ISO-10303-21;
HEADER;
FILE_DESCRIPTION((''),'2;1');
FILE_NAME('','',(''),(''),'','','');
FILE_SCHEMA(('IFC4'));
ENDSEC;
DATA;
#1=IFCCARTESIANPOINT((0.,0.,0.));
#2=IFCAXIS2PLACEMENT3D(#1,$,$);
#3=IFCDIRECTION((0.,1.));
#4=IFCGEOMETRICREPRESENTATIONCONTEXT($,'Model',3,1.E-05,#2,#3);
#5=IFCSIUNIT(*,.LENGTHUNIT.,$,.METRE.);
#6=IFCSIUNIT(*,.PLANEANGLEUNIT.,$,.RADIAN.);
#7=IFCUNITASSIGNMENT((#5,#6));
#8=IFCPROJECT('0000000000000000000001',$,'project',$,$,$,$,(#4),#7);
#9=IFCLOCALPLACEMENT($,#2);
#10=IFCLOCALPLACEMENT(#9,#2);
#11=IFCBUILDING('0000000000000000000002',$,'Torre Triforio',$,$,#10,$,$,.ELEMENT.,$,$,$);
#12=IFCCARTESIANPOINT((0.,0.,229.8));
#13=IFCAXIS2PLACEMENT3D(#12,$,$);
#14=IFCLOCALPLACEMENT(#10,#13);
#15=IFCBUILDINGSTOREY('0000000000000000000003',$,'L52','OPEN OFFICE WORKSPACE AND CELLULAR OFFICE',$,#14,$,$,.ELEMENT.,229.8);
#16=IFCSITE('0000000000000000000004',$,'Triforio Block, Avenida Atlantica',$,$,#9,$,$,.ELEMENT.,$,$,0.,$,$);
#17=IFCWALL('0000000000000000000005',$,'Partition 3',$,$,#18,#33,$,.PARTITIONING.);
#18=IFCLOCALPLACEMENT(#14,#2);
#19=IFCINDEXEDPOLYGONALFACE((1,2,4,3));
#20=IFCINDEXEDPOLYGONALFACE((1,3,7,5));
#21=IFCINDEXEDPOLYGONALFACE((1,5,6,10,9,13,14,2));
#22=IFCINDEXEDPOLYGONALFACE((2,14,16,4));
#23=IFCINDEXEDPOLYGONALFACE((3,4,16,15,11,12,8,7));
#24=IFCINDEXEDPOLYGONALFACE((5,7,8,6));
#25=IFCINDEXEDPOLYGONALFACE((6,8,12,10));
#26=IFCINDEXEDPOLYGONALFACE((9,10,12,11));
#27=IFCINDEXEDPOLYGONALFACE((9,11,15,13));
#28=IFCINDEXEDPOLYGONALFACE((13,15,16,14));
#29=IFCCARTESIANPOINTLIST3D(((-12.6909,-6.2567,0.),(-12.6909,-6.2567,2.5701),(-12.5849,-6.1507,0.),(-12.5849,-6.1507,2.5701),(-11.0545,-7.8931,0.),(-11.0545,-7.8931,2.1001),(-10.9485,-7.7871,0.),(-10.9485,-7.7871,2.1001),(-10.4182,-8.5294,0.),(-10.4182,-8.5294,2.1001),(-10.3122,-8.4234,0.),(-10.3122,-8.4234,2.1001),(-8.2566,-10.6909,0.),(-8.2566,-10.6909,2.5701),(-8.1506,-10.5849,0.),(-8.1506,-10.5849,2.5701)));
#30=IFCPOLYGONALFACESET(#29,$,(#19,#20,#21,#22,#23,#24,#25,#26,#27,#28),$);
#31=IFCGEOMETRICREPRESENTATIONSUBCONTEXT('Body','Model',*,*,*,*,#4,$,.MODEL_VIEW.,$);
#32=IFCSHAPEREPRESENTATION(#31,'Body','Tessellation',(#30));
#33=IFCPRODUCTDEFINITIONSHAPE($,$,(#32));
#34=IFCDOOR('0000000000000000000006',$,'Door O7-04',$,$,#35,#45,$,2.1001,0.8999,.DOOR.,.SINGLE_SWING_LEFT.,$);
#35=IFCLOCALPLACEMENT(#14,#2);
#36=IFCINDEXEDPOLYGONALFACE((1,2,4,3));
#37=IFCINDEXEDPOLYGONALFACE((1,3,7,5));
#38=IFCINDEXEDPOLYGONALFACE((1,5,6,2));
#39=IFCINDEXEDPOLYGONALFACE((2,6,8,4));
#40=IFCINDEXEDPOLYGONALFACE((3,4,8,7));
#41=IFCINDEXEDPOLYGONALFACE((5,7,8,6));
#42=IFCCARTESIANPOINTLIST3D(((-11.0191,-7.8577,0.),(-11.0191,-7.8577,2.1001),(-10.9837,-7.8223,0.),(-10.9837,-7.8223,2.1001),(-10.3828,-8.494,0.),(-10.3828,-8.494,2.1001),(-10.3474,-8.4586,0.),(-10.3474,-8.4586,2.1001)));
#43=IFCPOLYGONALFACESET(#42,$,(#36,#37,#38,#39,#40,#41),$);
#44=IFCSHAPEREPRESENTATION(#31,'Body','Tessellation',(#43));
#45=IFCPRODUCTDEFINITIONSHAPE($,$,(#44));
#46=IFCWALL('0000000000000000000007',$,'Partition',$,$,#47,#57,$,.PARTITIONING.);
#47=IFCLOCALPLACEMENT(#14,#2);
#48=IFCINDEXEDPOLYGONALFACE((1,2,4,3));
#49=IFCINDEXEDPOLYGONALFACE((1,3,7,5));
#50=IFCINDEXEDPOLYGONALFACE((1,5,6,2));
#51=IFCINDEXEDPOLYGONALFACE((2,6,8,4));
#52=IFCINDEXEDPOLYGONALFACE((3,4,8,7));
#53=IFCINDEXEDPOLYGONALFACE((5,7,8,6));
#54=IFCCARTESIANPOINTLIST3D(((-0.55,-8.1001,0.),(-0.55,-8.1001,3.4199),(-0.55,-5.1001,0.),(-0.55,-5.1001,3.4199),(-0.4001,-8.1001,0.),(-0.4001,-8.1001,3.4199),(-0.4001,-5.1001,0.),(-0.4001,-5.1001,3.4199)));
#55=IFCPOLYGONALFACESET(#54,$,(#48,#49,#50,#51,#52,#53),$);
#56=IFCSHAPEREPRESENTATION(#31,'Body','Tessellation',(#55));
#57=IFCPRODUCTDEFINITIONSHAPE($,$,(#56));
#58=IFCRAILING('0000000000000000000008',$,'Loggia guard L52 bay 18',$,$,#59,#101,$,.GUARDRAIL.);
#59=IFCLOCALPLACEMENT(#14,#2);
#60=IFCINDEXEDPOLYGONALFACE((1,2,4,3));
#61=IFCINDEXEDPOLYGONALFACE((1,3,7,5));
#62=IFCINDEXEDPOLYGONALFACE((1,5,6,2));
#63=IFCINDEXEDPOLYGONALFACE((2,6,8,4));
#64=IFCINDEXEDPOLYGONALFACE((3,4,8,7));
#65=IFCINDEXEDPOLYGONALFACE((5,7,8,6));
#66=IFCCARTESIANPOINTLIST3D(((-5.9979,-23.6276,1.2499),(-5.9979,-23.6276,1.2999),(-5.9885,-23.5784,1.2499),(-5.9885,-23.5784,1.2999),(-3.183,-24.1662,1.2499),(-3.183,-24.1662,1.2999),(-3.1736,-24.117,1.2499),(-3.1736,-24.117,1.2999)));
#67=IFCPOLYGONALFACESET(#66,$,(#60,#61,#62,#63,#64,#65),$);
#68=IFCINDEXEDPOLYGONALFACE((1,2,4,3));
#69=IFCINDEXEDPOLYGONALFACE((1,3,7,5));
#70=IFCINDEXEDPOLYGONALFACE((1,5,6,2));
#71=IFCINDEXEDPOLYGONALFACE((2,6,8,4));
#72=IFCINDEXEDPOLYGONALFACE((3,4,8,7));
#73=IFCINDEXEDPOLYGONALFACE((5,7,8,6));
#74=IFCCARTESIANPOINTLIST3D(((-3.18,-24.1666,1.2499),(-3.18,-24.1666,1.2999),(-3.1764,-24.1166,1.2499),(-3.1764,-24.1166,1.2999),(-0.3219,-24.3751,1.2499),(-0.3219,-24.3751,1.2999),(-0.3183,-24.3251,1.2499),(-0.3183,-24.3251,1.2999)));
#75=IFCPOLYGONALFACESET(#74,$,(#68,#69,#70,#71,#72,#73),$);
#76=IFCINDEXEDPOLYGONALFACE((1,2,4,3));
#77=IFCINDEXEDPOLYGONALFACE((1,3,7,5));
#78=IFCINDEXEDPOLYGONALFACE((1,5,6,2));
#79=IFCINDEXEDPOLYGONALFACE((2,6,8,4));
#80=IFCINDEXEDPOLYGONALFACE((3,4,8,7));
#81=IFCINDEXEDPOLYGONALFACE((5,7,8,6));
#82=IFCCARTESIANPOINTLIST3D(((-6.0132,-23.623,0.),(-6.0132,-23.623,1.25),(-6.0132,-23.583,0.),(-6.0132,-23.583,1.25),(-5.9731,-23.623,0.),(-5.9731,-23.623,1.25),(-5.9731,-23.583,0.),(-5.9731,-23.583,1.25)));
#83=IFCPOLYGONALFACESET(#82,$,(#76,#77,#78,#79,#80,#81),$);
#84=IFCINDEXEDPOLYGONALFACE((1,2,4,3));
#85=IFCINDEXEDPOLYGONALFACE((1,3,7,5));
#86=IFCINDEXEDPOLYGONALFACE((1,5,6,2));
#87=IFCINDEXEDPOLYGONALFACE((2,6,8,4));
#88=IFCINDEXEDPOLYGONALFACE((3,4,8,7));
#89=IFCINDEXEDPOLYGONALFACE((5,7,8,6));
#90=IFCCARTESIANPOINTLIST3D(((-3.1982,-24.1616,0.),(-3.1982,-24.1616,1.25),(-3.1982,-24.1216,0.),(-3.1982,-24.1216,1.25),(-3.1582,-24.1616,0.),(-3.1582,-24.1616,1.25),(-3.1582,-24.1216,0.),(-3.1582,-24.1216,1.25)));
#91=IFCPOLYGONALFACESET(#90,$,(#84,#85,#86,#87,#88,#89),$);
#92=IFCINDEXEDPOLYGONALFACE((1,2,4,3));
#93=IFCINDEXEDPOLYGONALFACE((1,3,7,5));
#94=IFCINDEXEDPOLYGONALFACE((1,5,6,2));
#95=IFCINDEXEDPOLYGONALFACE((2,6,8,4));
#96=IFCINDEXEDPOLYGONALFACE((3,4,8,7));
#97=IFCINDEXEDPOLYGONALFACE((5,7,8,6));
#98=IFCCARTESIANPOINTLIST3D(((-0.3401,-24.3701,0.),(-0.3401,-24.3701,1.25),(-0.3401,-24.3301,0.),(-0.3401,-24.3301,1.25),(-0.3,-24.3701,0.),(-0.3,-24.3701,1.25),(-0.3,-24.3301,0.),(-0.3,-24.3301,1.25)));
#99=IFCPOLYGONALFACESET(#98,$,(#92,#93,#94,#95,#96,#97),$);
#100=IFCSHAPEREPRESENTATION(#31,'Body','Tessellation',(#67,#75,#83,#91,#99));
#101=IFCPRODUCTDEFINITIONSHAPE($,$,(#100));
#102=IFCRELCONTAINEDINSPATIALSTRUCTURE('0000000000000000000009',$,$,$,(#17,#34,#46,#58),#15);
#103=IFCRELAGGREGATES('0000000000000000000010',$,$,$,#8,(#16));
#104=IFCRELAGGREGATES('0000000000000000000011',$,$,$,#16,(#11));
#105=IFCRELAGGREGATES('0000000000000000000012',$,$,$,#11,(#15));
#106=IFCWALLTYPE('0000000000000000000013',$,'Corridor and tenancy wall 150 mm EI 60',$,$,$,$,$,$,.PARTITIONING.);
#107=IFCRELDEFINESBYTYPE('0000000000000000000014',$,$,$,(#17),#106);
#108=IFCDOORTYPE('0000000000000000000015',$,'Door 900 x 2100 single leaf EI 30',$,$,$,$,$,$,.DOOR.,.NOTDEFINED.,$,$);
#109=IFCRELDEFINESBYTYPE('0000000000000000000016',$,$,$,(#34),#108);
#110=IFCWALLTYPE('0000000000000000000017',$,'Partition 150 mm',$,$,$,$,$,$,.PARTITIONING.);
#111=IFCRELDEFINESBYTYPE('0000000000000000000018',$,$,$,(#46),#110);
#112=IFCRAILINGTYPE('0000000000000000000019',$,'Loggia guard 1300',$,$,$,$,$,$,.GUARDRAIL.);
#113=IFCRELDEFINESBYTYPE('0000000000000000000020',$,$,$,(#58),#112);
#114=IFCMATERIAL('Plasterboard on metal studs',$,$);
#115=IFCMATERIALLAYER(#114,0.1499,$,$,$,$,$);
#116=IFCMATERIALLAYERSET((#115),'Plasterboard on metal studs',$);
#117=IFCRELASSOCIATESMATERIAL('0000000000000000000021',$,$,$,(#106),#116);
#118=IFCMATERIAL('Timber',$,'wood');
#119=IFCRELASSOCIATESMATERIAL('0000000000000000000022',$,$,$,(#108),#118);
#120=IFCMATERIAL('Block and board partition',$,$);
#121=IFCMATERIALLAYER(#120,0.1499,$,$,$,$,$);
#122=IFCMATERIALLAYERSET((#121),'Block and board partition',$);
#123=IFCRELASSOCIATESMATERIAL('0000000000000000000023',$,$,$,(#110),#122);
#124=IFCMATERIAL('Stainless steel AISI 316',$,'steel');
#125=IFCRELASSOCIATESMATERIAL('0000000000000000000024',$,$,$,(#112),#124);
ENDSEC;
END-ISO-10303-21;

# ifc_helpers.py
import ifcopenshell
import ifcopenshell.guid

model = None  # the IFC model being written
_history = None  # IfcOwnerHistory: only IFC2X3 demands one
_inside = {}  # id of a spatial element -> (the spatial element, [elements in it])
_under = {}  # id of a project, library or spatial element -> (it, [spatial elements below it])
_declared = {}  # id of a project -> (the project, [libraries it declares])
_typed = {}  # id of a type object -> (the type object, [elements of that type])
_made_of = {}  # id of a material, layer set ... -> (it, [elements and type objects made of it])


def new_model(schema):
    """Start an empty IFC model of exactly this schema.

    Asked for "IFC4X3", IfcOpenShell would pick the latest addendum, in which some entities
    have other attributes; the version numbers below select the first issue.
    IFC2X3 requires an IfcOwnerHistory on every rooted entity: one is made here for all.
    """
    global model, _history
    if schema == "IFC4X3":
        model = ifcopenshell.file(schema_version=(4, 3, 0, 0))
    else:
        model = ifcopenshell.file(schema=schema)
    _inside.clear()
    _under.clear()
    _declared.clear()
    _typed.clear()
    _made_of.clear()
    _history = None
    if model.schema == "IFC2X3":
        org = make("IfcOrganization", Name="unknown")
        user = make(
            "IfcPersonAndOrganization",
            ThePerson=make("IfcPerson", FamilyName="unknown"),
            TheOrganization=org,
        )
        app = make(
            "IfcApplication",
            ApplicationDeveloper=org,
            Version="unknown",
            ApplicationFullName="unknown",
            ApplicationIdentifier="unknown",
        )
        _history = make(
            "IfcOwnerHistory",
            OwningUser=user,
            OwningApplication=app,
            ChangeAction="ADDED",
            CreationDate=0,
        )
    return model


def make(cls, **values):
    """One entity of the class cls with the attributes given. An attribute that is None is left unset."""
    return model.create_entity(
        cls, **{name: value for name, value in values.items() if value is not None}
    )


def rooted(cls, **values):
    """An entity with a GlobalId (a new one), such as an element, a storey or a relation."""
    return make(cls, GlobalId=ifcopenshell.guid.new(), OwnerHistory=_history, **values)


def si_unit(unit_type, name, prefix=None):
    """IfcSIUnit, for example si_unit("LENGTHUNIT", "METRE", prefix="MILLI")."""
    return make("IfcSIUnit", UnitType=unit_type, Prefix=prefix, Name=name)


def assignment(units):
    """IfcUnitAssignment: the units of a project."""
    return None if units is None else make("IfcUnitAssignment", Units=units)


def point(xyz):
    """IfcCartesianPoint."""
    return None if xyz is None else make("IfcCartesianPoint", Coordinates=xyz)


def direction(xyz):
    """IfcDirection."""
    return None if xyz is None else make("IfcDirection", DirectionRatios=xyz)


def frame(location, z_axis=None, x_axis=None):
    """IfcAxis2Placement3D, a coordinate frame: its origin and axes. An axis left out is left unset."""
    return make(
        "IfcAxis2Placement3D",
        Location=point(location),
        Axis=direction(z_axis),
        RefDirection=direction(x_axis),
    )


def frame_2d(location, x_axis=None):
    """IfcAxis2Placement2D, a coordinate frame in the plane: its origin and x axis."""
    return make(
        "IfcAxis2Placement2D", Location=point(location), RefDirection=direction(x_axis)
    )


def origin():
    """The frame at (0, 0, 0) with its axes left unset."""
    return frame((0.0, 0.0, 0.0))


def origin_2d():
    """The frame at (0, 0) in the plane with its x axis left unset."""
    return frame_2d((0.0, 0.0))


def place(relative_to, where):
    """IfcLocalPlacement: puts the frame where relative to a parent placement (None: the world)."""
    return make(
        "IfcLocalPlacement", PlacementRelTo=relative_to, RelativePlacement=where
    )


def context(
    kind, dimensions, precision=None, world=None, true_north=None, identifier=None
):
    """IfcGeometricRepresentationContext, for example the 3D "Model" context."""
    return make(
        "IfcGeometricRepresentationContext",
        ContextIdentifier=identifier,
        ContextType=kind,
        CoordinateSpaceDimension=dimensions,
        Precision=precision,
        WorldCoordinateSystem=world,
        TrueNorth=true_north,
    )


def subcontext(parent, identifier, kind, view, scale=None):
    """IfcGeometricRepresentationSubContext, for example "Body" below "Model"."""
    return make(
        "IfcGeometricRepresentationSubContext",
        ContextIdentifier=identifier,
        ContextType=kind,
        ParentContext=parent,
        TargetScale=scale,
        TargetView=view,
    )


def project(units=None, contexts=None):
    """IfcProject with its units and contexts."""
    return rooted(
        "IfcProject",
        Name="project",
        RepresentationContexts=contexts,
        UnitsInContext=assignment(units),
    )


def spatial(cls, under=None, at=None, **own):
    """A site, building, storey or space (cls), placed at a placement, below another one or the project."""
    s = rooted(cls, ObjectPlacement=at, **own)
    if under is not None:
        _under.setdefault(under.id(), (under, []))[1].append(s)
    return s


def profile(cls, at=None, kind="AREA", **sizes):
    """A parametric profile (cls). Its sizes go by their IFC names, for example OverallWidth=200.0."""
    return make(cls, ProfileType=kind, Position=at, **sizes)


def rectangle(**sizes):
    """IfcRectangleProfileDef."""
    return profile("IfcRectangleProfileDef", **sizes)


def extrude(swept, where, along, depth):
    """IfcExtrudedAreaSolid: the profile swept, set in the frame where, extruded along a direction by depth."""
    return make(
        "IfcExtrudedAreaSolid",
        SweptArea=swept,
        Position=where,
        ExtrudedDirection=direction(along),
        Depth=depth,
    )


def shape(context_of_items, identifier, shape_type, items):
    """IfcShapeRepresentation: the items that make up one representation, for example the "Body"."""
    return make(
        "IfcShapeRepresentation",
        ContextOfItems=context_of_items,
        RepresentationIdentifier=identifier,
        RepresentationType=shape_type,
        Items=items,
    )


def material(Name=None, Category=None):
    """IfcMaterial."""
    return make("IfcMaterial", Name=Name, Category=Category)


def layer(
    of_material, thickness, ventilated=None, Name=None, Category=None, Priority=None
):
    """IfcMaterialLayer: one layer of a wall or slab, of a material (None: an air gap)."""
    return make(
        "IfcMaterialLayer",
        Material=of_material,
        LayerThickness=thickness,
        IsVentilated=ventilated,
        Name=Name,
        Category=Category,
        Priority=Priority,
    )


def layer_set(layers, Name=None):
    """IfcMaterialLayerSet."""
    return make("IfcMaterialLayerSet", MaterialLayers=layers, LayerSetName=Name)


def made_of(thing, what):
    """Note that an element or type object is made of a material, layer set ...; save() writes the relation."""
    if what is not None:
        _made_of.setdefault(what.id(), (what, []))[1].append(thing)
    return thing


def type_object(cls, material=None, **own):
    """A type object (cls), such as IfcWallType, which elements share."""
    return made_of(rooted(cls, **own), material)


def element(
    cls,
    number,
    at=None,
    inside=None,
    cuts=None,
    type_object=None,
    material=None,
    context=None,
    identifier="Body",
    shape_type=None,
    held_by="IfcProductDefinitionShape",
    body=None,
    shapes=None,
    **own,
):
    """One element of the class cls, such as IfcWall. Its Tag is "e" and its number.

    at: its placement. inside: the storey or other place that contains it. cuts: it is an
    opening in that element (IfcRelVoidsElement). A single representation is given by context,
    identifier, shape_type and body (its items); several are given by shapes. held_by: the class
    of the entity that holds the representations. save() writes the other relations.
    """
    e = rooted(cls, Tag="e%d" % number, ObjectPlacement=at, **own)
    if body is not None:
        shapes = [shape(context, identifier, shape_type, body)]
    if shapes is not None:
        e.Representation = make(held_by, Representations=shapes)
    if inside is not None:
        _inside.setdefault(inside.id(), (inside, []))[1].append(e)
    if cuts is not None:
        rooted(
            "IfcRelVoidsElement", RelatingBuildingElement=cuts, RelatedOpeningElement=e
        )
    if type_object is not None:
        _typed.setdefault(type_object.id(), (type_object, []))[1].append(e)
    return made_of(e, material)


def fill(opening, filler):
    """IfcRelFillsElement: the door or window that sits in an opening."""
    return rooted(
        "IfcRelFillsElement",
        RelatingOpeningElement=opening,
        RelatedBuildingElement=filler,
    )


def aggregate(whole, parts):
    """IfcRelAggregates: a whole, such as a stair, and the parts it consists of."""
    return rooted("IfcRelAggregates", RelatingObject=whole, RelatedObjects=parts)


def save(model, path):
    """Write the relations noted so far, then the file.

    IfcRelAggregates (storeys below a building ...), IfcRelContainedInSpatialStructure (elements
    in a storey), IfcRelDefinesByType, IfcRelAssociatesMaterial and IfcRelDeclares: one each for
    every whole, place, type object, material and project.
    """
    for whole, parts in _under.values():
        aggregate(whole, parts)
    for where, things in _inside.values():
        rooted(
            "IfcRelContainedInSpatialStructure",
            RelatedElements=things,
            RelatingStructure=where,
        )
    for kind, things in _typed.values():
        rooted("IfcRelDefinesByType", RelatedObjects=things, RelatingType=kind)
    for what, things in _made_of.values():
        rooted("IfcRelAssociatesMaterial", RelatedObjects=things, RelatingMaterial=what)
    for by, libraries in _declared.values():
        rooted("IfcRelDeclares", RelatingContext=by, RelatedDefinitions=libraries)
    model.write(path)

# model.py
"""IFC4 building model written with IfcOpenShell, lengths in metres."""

from ifc_helpers import new_model, si_unit, direction, frame, frame_2d, origin, origin_2d, place, context, subcontext, project, spatial, rectangle, extrude, material, layer, layer_set, type_object, element, fill, save


model = new_model("IFC4")

# Units and contexts
model_context = context("Model", 3, precision=1e-05, world=origin(), true_north=direction((0.0, 1.0)))
body_context = subcontext(model_context, "Body", "Model", "MODEL_VIEW")
ifc_project = project(units=[si_unit("LENGTHUNIT", "METRE"), si_unit("PLANEANGLEUNIT", "RADIAN")], contexts=[model_context])

# Site, building, storey
site_placement = place(None, origin())
site = spatial("IfcSite", under=ifc_project, at=site_placement, Name="Triforio Block, Avenida Atlantica", CompositionType="ELEMENT", RefElevation=0.0)
building_placement = place(site_placement, origin())
building = spatial("IfcBuilding", under=site, at=building_placement, Name="Torre Triforio", CompositionType="ELEMENT")
storey_placement = place(building_placement, frame((0.0, 0.0, 229.8)))
storey = spatial("IfcBuildingStorey", under=building, at=storey_placement, Name="L52", Description="OPEN OFFICE WORKSPACE AND CELLULAR OFFICE", CompositionType="ELEMENT", Elevation=229.8)

# Wall, opening, door
ifc_material_1 = material(Name="Plasterboard on metal studs")
ifc_layer_1 = layer(ifc_material_1, 0.1499)
ifc_layer_set_1 = layer_set([ifc_layer_1], Name="Plasterboard on metal studs")
wall_type_1 = type_object("IfcWallType", Name="Corridor and tenancy wall 150 mm EI 60", PredefinedType="PARTITIONING", material=ifc_layer_set_1)
wall_1_placement = place(storey_placement, frame((-8.2036, -10.6379, 0.0), z_axis=(0.0, 0.0, 1.0), x_axis=(-0.707107, 0.707107, 0.0)))
wall_1 = element("IfcWall", 1, at=wall_1_placement, inside=storey, type_object=wall_type_1, Name="Partition 3", PredefinedType="PARTITIONING", context=body_context, shape_type="SweptSolid", body=[
    extrude(rectangle(XDim=6.271, YDim=0.1499, at=frame_2d((3.1355, 0.0))), origin(), (0.0, 0.0, 1.0), 2.5701),
])
opening_1_placement = place(wall_1_placement, frame((3.0569, 0.0, 0.0)))
opening_1 = element("IfcOpeningElement", 2, at=opening_1_placement, cuts=wall_1, PredefinedType="OPENING", context=body_context, shape_type="SweptSolid", body=[
    extrude(rectangle(XDim=0.8999, YDim=2.1001, at=frame_2d((0.45, 1.05))), frame((0.0, 0.085, 0.0), z_axis=(0.0, -1.0, 0.0), x_axis=(1.0, 0.0, 0.0)), (0.0, 0.0, 1.0), 0.1699),
])
ifc_material_2 = material(Name="Timber", Category="wood")
door_type_1 = type_object("IfcDoorType", Name="Door 900 x 2100 single leaf EI 30", OperationType="NOTDEFINED", PredefinedType="DOOR", material=ifc_material_2)
door_1_placement = place(opening_1_placement, origin())
door_1 = element("IfcDoor", 3, at=door_1_placement, inside=storey, type_object=door_type_1, Name="Door O7-04", OperationType="SINGLE_SWING_LEFT", OverallHeight=2.1001, OverallWidth=0.8999, PredefinedType="DOOR", context=body_context, shape_type="SweptSolid", body=[
    extrude(rectangle(XDim=0.8999, YDim=2.1001, at=frame_2d((0.45, 1.05))), frame((0.0, 0.0249, 0.0), z_axis=(0.0, -1.0, 0.0), x_axis=(1.0, 0.0, 0.0)), (0.0, 0.0, 1.0), 0.05),
])
fill(opening_1, door_1)

# Wall
ifc_material_3 = material(Name="Block and board partition")
ifc_layer_2 = layer(ifc_material_3, 0.1499)
ifc_layer_set_2 = layer_set([ifc_layer_2], Name="Block and board partition")
wall_type_2 = type_object("IfcWallType", Name="Partition 150 mm", PredefinedType="PARTITIONING", material=ifc_layer_set_2)
wall_2_placement = place(storey_placement, frame((-0.4751, -8.1001, 0.0), z_axis=(0.0, 0.0, 1.0), x_axis=(0.0, 1.0, 0.0)))
element("IfcWall", 4, at=wall_2_placement, inside=storey, type_object=wall_type_2, Name="Partition", PredefinedType="PARTITIONING", context=body_context, shape_type="SweptSolid", body=[
    extrude(rectangle(XDim=3.0, YDim=0.1499, at=frame_2d((1.5, 0.0))), origin(), (0.0, 0.0, 1.0), 3.4199),
])

# Railing
ifc_material_4 = material(Name="Stainless steel AISI 316", Category="steel")
railing_type = type_object("IfcRailingType", Name="Loggia guard 1300", PredefinedType="GUARDRAIL", material=ifc_material_4)
railing_placement = place(storey_placement, frame((-5.9932, -23.603, 0.0)))
element("IfcRailing", 5, at=railing_placement, inside=storey, type_object=railing_type, Name="Loggia guard L52 bay 18", PredefinedType="GUARDRAIL", context=body_context, shape_type="SweptSolid", body=[
    extrude(rectangle(XDim=0.05, YDim=0.05, at=origin_2d()), frame((0.0, 0.0, 1.2749), z_axis=(0.982185, -0.187918, 0.0), x_axis=(0.187918, 0.982185, 0.0)), (0.0, 0.0, 1.0), 2.866),
    extrude(rectangle(XDim=0.05, YDim=0.05, at=origin_2d()), frame((2.8149, -0.5386, 1.2749), z_axis=(0.99735, -0.072754, 0.0), x_axis=(0.072754, 0.99735, 0.0)), (0.0, 0.0, 1.0), 2.8657),
    extrude(rectangle(XDim=0.04, YDim=0.04, at=origin_2d()), origin(), (0.0, 0.0, 1.0), 1.25),
    extrude(rectangle(XDim=0.04, YDim=0.04, at=origin_2d()), frame((2.8149, -0.5386, 0.0)), (0.0, 0.0, 1.0), 1.25),
    extrude(rectangle(XDim=0.04, YDim=0.04, at=origin_2d()), frame((5.6731, -0.7471, 0.0)), (0.0, 0.0, 1.0), 1.25),
])

save(model, "model.ifc")
